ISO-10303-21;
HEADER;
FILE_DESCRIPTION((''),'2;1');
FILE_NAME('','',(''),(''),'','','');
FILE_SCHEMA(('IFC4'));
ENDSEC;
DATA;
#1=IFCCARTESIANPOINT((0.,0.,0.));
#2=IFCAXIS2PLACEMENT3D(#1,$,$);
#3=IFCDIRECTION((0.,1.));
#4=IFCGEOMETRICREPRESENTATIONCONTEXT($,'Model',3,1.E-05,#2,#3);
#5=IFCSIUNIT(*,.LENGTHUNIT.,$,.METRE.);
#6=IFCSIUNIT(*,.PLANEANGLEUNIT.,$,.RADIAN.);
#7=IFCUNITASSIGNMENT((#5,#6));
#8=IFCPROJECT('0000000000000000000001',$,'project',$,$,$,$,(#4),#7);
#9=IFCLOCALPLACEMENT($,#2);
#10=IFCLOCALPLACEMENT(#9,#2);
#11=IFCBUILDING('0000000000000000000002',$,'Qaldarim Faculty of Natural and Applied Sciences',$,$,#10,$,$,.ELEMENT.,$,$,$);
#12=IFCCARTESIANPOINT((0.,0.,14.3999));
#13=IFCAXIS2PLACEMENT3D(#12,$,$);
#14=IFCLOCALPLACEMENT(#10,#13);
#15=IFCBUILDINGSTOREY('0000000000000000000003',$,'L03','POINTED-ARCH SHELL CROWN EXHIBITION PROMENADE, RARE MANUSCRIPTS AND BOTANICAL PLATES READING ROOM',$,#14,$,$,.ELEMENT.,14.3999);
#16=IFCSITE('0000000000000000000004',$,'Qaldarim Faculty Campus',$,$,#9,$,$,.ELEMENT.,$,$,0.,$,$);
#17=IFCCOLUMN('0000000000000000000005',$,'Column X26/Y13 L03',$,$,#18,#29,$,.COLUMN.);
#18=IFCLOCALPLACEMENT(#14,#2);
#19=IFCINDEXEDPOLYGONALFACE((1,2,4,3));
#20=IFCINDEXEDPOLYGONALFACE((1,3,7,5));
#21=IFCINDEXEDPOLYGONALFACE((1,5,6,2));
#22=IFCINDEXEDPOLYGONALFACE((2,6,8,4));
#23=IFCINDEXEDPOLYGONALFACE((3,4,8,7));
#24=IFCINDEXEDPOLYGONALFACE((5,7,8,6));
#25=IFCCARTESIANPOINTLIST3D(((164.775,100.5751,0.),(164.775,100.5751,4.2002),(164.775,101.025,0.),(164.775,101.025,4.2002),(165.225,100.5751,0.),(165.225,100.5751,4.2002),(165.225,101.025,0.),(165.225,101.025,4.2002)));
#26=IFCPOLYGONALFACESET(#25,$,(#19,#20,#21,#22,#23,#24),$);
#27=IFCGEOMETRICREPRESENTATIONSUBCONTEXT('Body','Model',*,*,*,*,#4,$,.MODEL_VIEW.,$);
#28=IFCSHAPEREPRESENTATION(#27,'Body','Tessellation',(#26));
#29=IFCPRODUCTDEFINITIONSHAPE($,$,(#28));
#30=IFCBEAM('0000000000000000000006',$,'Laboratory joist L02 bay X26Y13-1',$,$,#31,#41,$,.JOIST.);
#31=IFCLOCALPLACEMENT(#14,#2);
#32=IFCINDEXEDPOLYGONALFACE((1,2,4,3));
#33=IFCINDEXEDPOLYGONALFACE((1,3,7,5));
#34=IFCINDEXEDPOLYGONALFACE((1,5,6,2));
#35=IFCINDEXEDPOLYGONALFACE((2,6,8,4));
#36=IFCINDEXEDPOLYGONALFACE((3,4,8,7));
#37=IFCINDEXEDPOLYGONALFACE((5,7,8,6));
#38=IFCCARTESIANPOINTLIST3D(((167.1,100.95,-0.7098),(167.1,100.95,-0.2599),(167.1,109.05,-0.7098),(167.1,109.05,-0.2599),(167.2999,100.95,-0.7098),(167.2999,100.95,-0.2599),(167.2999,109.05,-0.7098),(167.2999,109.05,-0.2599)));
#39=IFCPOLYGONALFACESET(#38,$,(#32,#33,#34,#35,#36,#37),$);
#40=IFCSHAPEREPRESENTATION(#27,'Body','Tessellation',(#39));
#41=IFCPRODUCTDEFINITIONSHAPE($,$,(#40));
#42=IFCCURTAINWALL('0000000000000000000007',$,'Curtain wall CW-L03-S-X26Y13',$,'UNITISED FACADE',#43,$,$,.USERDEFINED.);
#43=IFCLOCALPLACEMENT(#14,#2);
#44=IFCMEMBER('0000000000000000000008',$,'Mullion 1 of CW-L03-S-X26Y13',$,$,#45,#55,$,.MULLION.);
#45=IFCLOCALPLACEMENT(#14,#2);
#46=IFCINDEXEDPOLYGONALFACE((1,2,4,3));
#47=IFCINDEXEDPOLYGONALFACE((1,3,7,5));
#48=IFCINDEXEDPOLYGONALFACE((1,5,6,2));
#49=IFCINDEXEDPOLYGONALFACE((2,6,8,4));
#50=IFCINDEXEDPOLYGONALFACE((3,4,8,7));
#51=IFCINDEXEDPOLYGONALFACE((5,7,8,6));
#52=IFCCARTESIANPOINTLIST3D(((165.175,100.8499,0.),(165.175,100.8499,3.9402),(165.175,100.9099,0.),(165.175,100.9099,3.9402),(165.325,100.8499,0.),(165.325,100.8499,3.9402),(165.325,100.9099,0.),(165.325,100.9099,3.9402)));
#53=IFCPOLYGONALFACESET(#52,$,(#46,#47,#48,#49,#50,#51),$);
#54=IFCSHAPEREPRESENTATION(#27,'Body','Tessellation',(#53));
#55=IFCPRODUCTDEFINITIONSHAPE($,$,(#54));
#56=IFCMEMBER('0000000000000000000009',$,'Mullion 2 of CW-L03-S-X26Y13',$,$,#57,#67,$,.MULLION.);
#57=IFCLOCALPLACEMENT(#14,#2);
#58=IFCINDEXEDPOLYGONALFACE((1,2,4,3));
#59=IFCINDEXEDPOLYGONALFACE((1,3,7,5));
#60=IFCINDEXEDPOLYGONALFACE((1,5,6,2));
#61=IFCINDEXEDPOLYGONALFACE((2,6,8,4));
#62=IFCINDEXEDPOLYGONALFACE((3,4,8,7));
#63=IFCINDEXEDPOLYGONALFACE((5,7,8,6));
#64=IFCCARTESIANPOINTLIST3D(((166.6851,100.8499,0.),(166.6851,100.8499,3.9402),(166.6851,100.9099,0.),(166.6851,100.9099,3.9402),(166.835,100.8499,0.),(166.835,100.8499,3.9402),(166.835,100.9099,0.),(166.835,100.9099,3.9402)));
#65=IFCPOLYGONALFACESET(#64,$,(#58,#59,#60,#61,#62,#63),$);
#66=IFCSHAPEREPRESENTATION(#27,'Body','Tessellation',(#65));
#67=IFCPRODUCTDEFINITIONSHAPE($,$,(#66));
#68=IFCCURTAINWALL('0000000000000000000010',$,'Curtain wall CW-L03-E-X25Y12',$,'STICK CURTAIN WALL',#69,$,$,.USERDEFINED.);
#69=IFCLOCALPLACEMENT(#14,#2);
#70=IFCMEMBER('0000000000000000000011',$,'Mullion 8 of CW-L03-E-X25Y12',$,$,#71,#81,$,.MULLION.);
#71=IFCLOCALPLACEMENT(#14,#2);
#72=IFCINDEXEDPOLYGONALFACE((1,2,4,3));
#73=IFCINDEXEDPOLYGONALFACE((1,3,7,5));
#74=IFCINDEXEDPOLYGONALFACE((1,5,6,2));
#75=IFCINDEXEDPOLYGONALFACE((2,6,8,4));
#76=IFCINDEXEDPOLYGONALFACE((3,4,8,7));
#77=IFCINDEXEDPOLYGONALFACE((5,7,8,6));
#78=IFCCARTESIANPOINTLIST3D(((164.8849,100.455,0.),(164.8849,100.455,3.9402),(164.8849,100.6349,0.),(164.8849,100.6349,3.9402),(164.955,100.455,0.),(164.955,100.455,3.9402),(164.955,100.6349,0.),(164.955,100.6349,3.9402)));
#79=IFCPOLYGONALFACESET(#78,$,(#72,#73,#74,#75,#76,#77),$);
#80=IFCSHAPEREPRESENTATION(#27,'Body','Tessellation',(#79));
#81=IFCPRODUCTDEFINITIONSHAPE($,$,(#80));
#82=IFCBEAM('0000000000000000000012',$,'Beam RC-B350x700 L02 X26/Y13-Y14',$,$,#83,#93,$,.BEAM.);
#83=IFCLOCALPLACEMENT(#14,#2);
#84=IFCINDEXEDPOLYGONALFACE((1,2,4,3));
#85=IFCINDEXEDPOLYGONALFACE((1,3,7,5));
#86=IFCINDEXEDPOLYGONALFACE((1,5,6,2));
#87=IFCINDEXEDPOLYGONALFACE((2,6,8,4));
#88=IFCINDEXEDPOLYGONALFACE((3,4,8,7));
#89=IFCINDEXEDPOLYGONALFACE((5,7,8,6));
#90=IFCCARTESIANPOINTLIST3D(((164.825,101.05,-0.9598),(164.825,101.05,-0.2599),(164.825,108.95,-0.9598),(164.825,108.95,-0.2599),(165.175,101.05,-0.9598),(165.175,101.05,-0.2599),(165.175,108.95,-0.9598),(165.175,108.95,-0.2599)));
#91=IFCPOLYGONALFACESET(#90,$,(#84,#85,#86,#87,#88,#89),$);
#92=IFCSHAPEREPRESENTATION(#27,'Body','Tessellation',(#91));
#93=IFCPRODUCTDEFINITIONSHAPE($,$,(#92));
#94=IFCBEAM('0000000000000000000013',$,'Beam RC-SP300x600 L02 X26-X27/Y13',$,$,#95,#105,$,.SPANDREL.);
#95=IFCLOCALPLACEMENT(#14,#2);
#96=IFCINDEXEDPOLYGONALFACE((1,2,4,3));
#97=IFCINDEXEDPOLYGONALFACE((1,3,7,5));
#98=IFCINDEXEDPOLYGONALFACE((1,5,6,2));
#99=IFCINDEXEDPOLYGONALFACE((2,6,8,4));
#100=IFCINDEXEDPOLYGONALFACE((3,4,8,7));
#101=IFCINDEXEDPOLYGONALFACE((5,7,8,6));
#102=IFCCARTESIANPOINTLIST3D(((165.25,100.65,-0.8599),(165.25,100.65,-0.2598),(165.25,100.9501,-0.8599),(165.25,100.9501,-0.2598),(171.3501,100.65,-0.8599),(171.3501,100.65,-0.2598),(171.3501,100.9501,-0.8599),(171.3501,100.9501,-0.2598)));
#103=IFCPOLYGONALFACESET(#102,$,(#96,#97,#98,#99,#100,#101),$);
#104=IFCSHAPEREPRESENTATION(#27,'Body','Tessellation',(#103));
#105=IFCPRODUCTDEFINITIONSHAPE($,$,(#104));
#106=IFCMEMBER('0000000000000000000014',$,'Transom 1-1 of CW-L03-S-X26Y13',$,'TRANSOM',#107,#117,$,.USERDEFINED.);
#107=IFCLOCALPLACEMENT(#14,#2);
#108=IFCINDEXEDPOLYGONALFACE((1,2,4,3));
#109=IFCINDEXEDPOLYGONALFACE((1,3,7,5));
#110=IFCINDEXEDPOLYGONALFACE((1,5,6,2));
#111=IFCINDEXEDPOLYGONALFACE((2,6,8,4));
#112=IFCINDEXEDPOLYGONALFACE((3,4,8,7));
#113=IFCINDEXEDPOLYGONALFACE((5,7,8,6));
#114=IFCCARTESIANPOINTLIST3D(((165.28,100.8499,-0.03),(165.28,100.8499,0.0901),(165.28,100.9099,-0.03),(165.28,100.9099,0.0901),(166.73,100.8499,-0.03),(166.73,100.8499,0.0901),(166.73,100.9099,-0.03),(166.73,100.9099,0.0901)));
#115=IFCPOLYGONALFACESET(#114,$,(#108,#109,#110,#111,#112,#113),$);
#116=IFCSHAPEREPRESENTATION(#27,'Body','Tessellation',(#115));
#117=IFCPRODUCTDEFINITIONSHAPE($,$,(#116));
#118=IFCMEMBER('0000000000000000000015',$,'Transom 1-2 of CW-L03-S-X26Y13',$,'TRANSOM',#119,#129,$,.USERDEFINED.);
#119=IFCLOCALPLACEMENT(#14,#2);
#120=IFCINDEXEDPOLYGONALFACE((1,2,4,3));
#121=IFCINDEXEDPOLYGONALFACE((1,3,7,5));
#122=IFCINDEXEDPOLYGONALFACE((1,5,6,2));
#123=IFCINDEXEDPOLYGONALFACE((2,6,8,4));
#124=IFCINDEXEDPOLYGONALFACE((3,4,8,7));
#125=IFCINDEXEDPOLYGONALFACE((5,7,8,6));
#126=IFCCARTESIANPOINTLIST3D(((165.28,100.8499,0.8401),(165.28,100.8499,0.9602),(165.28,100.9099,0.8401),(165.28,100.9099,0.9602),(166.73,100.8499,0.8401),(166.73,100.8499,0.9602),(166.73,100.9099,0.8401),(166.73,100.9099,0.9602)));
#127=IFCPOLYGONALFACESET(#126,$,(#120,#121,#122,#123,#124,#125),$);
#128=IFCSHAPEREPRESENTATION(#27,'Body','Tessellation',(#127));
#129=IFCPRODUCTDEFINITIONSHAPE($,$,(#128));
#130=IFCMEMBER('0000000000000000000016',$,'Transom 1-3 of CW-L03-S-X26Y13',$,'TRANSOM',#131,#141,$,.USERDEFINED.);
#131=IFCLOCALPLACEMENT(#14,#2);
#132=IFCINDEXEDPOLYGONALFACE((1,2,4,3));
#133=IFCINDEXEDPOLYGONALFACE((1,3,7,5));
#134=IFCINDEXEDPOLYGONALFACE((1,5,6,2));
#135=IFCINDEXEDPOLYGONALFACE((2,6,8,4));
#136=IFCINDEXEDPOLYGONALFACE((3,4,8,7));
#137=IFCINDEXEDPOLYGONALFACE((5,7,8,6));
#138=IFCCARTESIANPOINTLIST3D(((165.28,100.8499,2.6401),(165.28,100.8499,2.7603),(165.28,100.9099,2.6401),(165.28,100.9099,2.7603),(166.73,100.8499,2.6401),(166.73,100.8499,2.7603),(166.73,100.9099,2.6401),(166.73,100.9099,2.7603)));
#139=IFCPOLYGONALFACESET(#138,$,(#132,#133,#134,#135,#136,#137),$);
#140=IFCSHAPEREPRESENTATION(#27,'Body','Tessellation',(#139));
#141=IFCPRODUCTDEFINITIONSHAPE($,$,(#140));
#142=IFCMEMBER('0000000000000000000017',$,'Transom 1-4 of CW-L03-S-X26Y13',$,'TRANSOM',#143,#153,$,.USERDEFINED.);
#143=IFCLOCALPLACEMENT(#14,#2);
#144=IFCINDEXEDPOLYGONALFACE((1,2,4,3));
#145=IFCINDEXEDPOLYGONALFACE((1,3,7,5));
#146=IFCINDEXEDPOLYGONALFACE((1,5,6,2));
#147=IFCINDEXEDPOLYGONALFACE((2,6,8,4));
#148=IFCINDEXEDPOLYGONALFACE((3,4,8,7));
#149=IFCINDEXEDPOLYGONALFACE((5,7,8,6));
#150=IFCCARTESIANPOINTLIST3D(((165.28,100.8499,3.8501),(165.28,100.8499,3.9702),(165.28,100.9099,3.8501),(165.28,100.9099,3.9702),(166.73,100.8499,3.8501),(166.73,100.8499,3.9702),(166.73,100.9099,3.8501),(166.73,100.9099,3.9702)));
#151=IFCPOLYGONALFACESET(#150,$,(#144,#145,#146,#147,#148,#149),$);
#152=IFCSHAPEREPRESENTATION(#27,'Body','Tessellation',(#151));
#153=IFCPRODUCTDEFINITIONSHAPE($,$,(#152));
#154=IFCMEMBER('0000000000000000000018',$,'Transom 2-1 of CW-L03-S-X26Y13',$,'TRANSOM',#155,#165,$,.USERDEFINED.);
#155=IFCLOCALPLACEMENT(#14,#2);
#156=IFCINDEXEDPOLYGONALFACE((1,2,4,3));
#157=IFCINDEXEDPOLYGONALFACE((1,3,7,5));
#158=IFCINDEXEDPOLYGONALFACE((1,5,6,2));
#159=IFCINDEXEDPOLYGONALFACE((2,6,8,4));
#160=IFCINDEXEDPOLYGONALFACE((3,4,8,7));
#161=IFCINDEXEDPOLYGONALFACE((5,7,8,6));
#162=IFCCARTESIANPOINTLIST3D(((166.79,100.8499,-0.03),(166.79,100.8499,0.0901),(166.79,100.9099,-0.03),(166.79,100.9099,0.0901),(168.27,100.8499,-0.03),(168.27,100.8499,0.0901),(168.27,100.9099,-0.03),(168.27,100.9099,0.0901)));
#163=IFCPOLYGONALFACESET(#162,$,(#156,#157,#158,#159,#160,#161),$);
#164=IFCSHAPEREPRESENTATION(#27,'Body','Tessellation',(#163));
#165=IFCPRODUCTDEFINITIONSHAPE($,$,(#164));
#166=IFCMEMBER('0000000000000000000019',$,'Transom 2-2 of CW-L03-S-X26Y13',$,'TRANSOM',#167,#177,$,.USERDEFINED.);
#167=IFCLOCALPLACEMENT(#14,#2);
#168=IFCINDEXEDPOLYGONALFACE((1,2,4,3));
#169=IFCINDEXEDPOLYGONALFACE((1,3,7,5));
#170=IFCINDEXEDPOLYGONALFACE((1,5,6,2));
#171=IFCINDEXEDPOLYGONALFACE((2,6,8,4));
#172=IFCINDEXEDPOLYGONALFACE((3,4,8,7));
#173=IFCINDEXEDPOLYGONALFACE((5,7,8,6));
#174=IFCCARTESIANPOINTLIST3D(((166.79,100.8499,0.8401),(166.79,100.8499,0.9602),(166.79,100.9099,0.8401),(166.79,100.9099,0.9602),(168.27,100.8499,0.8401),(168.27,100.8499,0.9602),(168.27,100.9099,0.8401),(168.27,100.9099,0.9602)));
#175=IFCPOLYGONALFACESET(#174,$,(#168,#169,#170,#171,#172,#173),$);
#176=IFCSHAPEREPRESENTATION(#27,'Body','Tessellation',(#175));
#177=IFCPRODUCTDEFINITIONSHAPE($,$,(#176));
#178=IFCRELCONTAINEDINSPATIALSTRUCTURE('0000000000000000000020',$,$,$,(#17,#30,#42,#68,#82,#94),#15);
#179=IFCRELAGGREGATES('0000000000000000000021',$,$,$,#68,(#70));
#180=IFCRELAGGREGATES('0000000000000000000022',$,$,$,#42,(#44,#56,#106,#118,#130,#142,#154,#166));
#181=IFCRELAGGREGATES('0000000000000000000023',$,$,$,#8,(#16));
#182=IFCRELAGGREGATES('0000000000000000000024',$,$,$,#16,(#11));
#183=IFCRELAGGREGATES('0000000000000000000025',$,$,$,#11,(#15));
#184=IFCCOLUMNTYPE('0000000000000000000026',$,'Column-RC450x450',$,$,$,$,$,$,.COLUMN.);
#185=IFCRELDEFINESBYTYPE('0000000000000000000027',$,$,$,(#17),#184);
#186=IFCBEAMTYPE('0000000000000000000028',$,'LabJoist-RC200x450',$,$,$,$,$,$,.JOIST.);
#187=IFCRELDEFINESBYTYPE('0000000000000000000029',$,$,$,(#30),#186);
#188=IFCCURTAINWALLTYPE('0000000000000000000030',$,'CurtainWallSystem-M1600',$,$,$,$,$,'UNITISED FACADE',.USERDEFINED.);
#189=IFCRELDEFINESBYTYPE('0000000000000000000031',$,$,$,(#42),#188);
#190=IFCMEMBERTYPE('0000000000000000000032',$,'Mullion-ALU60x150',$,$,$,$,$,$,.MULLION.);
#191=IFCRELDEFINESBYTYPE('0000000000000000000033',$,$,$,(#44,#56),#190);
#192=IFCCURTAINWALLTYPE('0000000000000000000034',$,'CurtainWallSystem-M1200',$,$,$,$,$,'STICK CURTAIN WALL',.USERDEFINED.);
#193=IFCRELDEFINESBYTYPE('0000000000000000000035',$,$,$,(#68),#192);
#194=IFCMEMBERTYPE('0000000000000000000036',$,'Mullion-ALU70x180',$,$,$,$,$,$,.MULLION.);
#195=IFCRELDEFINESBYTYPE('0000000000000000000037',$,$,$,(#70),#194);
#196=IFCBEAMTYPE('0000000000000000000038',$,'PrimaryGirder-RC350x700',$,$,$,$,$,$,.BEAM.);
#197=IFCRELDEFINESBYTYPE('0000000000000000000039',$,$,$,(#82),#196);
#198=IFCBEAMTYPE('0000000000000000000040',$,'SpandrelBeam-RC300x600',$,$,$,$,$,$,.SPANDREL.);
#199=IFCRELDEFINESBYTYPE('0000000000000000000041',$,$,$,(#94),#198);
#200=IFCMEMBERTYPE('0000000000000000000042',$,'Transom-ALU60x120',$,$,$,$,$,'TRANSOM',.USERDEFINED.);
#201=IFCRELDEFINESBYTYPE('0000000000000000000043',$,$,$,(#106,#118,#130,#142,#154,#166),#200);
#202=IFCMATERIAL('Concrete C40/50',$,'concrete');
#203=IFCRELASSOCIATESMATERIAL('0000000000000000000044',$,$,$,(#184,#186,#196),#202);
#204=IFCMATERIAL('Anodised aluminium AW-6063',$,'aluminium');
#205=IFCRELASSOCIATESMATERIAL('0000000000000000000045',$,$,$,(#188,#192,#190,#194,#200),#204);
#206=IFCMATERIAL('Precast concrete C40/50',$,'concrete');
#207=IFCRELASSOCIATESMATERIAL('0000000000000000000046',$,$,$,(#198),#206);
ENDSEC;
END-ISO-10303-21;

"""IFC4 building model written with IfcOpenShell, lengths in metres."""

from ifc_helpers import new_model, si_unit, direction, frame, origin, origin_2d, place, context, subcontext, project, spatial, rectangle, extrude, material, material_profile, profile_set, type_object, element, aggregate, save


model = new_model("IFC4")

# Units and contexts
model_context = context("Model", 3, precision=1e-05, world=origin(), true_north=direction((0.0, 1.0)))
body_context = subcontext(model_context, "Body", "Model", "MODEL_VIEW")
ifc_project = project(units=[si_unit("LENGTHUNIT", "METRE"), si_unit("PLANEANGLEUNIT", "RADIAN")], contexts=[model_context])

# Site, building, storey
site_placement = place(None, origin())
site = spatial("IfcSite", under=ifc_project, at=site_placement, Name="Qaldarim Faculty Campus", CompositionType="ELEMENT", RefElevation=0.0)
building_placement = place(site_placement, origin())
building = spatial("IfcBuilding", under=site, at=building_placement, Name="Qaldarim Faculty of Natural and Applied Sciences", CompositionType="ELEMENT")
storey_placement = place(building_placement, frame((0.0, 0.0, 14.3999)))
storey = spatial("IfcBuildingStorey", under=building, at=storey_placement, Name="L03", Description="POINTED-ARCH SHELL CROWN EXHIBITION PROMENADE, RARE MANUSCRIPTS AND BOTANICAL PLATES READING ROOM", CompositionType="ELEMENT", Elevation=14.3999)

# Column
ifc_material_1 = material(Name="Concrete C40/50", Category="concrete")
ifc_material_profile_1 = material_profile(ifc_material_1, rectangle(XDim=0.45, YDim=0.45, at=origin_2d()), Name="RC-C450x450")
ifc_profile_set_1 = profile_set([ifc_material_profile_1], Name="Concrete C40/50")
column_type = type_object("IfcColumnType", Name="Column-RC450x450", PredefinedType="COLUMN", material=ifc_profile_set_1)
column_placement = place(storey_placement, frame((165.0, 100.8, 0.0), z_axis=(0.0, 0.0, 1.0), x_axis=(1.0, 0.0, 0.0)))
element("IfcColumn", 1, at=column_placement, inside=storey, type_object=column_type, Name="Column X26/Y13 L03", PredefinedType="COLUMN", context=body_context, shape_type="SweptSolid", body=[
    extrude(rectangle(XDim=0.45, YDim=0.45, at=origin_2d()), origin(), (0.0, 0.0, 1.0), 4.2002),
])

# Beam
ifc_material_profile_2 = material_profile(ifc_material_1, rectangle(XDim=0.2, YDim=0.45, at=origin_2d()), Name="RC-J200x450")
ifc_profile_set_2 = profile_set([ifc_material_profile_2], Name="Concrete C40/50")
beam_type_1 = type_object("IfcBeamType", Name="LabJoist-RC200x450", PredefinedType="JOIST", material=ifc_profile_set_2)
beam_1_placement = place(storey_placement, frame((167.2, 100.95, -0.4849), z_axis=(0.0, 1.0, 0.0), x_axis=(-1.0, 0.0, 0.0)))
element("IfcBeam", 2, at=beam_1_placement, inside=storey, type_object=beam_type_1, Name="Laboratory joist L02 bay X26Y13-1", PredefinedType="JOIST", context=body_context, shape_type="SweptSolid", body=[
    extrude(rectangle(XDim=0.2, YDim=0.45, at=origin_2d()), origin(), (0.0, 0.0, 1.0), 8.1001),
])

# Curtain wall, members
ifc_material_2 = material(Name="Anodised aluminium AW-6063", Category="aluminium")
curtain_wall_type_1 = type_object("IfcCurtainWallType", Name="CurtainWallSystem-M1600", ElementType="UNITISED FACADE", PredefinedType="USERDEFINED", material=ifc_material_2)
curtain_wall_1_placement = place(storey_placement, origin())
curtain_wall_1 = element("IfcCurtainWall", 3, at=curtain_wall_1_placement, inside=storey, type_object=curtain_wall_type_1, Name="Curtain wall CW-L03-S-X26Y13", ObjectType="UNITISED FACADE", PredefinedType="USERDEFINED")
ifc_material_profile_3 = material_profile(ifc_material_2, rectangle(XDim=0.0601, YDim=0.1499, at=origin_2d()), Name="ALU-M60x150")
ifc_profile_set_3 = profile_set([ifc_material_profile_3], Name="Anodised aluminium AW-6063")
member_type_1 = type_object("IfcMemberType", Name="Mullion-ALU60x150", PredefinedType="MULLION", material=ifc_profile_set_3)
member_1_placement = place(storey_placement, frame((165.25, 100.8799, 0.0), z_axis=(0.0, 0.0, 1.0), x_axis=(0.0, 1.0, 0.0)))
member_1 = element("IfcMember", 4, at=member_1_placement, type_object=member_type_1, Name="Mullion 1 of CW-L03-S-X26Y13", PredefinedType="MULLION", context=body_context, shape_type="SweptSolid", body=[
    extrude(rectangle(XDim=0.0601, YDim=0.1499, at=origin_2d()), origin(), (0.0, 0.0, 1.0), 3.9402),
])
member_2_placement = place(storey_placement, frame((166.76, 100.8799, 0.0), z_axis=(0.0, 0.0, 1.0), x_axis=(0.0, 1.0, 0.0)))
member_2 = element("IfcMember", 5, at=member_2_placement, type_object=member_type_1, Name="Mullion 2 of CW-L03-S-X26Y13", PredefinedType="MULLION", context=body_context, shape_type="SweptSolid", body=[
    extrude(rectangle(XDim=0.0601, YDim=0.1499, at=origin_2d()), origin(), (0.0, 0.0, 1.0), 3.9402),
])

# Curtain wall, member
curtain_wall_type_2 = type_object("IfcCurtainWallType", Name="CurtainWallSystem-M1200", ElementType="STICK CURTAIN WALL", PredefinedType="USERDEFINED", material=ifc_material_2)
curtain_wall_2_placement = place(storey_placement, origin())
curtain_wall_2 = element("IfcCurtainWall", 6, at=curtain_wall_2_placement, inside=storey, type_object=curtain_wall_type_2, Name="Curtain wall CW-L03-E-X25Y12", ObjectType="STICK CURTAIN WALL", PredefinedType="USERDEFINED")
ifc_material_profile_4 = material_profile(ifc_material_2, rectangle(XDim=0.0701, YDim=0.1799, at=origin_2d()), Name="ALU-M70x180")
ifc_profile_set_4 = profile_set([ifc_material_profile_4], Name="Anodised aluminium AW-6063")
member_type_2 = type_object("IfcMemberType", Name="Mullion-ALU70x180", PredefinedType="MULLION", material=ifc_profile_set_4)
member_3_placement = place(storey_placement, frame((164.9199, 100.5449, 0.0), z_axis=(0.0, 0.0, 1.0), x_axis=(-1.0, 0.0, 0.0)))
member_3 = element("IfcMember", 7, at=member_3_placement, type_object=member_type_2, Name="Mullion 8 of CW-L03-E-X25Y12", PredefinedType="MULLION", context=body_context, shape_type="SweptSolid", body=[
    extrude(rectangle(XDim=0.0701, YDim=0.1799, at=origin_2d()), origin(), (0.0, 0.0, 1.0), 3.9402),
])

# Beams
ifc_material_profile_5 = material_profile(ifc_material_1, rectangle(XDim=0.3501, YDim=0.7, at=origin_2d()), Name="RC-B350x700")
ifc_profile_set_5 = profile_set([ifc_material_profile_5], Name="Concrete C40/50")
beam_type_2 = type_object("IfcBeamType", Name="PrimaryGirder-RC350x700", PredefinedType="BEAM", material=ifc_profile_set_5)
beam_2_placement = place(storey_placement, frame((165.0, 101.05, -0.6099), z_axis=(0.0, 1.0, 0.0), x_axis=(-1.0, 0.0, 0.0)))
element("IfcBeam", 8, at=beam_2_placement, inside=storey, type_object=beam_type_2, Name="Beam RC-B350x700 L02 X26/Y13-Y14", PredefinedType="BEAM", context=body_context, shape_type="SweptSolid", body=[
    extrude(rectangle(XDim=0.3501, YDim=0.7, at=origin_2d()), origin(), (0.0, 0.0, 1.0), 7.8999),
])
ifc_material_3 = material(Name="Precast concrete C40/50", Category="concrete")
ifc_material_profile_6 = material_profile(ifc_material_3, rectangle(XDim=0.3, YDim=0.6001, at=origin_2d()), Name="RC-SP300x600")
ifc_profile_set_6 = profile_set([ifc_material_profile_6], Name="Precast concrete C40/50")
beam_type_3 = type_object("IfcBeamType", Name="SpandrelBeam-RC300x600", PredefinedType="SPANDREL", material=ifc_profile_set_6)
beam_3_placement = place(storey_placement, frame((165.25, 100.8, -0.5598), z_axis=(1.0, 0.0, 0.0), x_axis=(0.0, 1.0, 0.0)))
element("IfcBeam", 9, at=beam_3_placement, inside=storey, type_object=beam_type_3, Name="Beam RC-SP300x600 L02 X26-X27/Y13", PredefinedType="SPANDREL", context=body_context, shape_type="SweptSolid", body=[
    extrude(rectangle(XDim=0.3, YDim=0.6001, at=origin_2d()), origin(), (0.0, 0.0, 1.0), 6.1001),
])

# Members
ifc_material_profile_7 = material_profile(ifc_material_2, rectangle(XDim=0.0601, YDim=0.1201, at=origin_2d()), Name="ALU-T60x120")
ifc_profile_set_7 = profile_set([ifc_material_profile_7], Name="Anodised aluminium AW-6063")
member_type_3 = type_object("IfcMemberType", Name="Transom-ALU60x120", ElementType="TRANSOM", PredefinedType="USERDEFINED", material=ifc_profile_set_7)
member_4_placement = place(storey_placement, frame((165.28, 100.8799, 0.03), z_axis=(1.0, 0.0, 0.0), x_axis=(0.0, 1.0, 0.0)))
member_4 = element("IfcMember", 10, at=member_4_placement, type_object=member_type_3, Name="Transom 1-1 of CW-L03-S-X26Y13", ObjectType="TRANSOM", PredefinedType="USERDEFINED", context=body_context, shape_type="SweptSolid", body=[
    extrude(rectangle(XDim=0.0601, YDim=0.1201, at=origin_2d()), origin(), (0.0, 0.0, 1.0), 1.45),
])
member_5_placement = place(storey_placement, frame((165.28, 100.8799, 0.9001), z_axis=(1.0, 0.0, 0.0), x_axis=(0.0, 1.0, 0.0)))
member_5 = element("IfcMember", 11, at=member_5_placement, type_object=member_type_3, Name="Transom 1-2 of CW-L03-S-X26Y13", ObjectType="TRANSOM", PredefinedType="USERDEFINED", context=body_context, shape_type="SweptSolid", body=[
    extrude(rectangle(XDim=0.0601, YDim=0.1201, at=origin_2d()), origin(), (0.0, 0.0, 1.0), 1.45),
])
member_6_placement = place(storey_placement, frame((165.28, 100.8799, 2.7002), z_axis=(1.0, 0.0, 0.0), x_axis=(0.0, 1.0, 0.0)))
member_6 = element("IfcMember", 12, at=member_6_placement, type_object=member_type_3, Name="Transom 1-3 of CW-L03-S-X26Y13", ObjectType="TRANSOM", PredefinedType="USERDEFINED", context=body_context, shape_type="SweptSolid", body=[
    extrude(rectangle(XDim=0.0601, YDim=0.1201, at=origin_2d()), origin(), (0.0, 0.0, 1.0), 1.45),
])
member_7_placement = place(storey_placement, frame((165.28, 100.8799, 3.9102), z_axis=(1.0, 0.0, 0.0), x_axis=(0.0, 1.0, 0.0)))
member_7 = element("IfcMember", 13, at=member_7_placement, type_object=member_type_3, Name="Transom 1-4 of CW-L03-S-X26Y13", ObjectType="TRANSOM", PredefinedType="USERDEFINED", context=body_context, shape_type="SweptSolid", body=[
    extrude(rectangle(XDim=0.0601, YDim=0.1201, at=origin_2d()), origin(), (0.0, 0.0, 1.0), 1.45),
])
member_8_placement = place(storey_placement, frame((166.79, 100.8799, 0.03), z_axis=(1.0, 0.0, 0.0), x_axis=(0.0, 1.0, 0.0)))
member_8 = element("IfcMember", 14, at=member_8_placement, type_object=member_type_3, Name="Transom 2-1 of CW-L03-S-X26Y13", ObjectType="TRANSOM", PredefinedType="USERDEFINED", context=body_context, shape_type="SweptSolid", body=[
    extrude(rectangle(XDim=0.0601, YDim=0.1201, at=origin_2d()), origin(), (0.0, 0.0, 1.0), 1.48),
])
member_9_placement = place(storey_placement, frame((166.79, 100.8799, 0.9001), z_axis=(1.0, 0.0, 0.0), x_axis=(0.0, 1.0, 0.0)))
member_9 = element("IfcMember", 15, at=member_9_placement, type_object=member_type_3, Name="Transom 2-2 of CW-L03-S-X26Y13", ObjectType="TRANSOM", PredefinedType="USERDEFINED", context=body_context, shape_type="SweptSolid", body=[
    extrude(rectangle(XDim=0.0601, YDim=0.1201, at=origin_2d()), origin(), (0.0, 0.0, 1.0), 1.48),
])

aggregate(curtain_wall_2, [member_3])
aggregate(curtain_wall_1, [member_1, member_2, member_4, member_5, member_6, member_7, member_8, member_9])

save(model, "model.ifc")
